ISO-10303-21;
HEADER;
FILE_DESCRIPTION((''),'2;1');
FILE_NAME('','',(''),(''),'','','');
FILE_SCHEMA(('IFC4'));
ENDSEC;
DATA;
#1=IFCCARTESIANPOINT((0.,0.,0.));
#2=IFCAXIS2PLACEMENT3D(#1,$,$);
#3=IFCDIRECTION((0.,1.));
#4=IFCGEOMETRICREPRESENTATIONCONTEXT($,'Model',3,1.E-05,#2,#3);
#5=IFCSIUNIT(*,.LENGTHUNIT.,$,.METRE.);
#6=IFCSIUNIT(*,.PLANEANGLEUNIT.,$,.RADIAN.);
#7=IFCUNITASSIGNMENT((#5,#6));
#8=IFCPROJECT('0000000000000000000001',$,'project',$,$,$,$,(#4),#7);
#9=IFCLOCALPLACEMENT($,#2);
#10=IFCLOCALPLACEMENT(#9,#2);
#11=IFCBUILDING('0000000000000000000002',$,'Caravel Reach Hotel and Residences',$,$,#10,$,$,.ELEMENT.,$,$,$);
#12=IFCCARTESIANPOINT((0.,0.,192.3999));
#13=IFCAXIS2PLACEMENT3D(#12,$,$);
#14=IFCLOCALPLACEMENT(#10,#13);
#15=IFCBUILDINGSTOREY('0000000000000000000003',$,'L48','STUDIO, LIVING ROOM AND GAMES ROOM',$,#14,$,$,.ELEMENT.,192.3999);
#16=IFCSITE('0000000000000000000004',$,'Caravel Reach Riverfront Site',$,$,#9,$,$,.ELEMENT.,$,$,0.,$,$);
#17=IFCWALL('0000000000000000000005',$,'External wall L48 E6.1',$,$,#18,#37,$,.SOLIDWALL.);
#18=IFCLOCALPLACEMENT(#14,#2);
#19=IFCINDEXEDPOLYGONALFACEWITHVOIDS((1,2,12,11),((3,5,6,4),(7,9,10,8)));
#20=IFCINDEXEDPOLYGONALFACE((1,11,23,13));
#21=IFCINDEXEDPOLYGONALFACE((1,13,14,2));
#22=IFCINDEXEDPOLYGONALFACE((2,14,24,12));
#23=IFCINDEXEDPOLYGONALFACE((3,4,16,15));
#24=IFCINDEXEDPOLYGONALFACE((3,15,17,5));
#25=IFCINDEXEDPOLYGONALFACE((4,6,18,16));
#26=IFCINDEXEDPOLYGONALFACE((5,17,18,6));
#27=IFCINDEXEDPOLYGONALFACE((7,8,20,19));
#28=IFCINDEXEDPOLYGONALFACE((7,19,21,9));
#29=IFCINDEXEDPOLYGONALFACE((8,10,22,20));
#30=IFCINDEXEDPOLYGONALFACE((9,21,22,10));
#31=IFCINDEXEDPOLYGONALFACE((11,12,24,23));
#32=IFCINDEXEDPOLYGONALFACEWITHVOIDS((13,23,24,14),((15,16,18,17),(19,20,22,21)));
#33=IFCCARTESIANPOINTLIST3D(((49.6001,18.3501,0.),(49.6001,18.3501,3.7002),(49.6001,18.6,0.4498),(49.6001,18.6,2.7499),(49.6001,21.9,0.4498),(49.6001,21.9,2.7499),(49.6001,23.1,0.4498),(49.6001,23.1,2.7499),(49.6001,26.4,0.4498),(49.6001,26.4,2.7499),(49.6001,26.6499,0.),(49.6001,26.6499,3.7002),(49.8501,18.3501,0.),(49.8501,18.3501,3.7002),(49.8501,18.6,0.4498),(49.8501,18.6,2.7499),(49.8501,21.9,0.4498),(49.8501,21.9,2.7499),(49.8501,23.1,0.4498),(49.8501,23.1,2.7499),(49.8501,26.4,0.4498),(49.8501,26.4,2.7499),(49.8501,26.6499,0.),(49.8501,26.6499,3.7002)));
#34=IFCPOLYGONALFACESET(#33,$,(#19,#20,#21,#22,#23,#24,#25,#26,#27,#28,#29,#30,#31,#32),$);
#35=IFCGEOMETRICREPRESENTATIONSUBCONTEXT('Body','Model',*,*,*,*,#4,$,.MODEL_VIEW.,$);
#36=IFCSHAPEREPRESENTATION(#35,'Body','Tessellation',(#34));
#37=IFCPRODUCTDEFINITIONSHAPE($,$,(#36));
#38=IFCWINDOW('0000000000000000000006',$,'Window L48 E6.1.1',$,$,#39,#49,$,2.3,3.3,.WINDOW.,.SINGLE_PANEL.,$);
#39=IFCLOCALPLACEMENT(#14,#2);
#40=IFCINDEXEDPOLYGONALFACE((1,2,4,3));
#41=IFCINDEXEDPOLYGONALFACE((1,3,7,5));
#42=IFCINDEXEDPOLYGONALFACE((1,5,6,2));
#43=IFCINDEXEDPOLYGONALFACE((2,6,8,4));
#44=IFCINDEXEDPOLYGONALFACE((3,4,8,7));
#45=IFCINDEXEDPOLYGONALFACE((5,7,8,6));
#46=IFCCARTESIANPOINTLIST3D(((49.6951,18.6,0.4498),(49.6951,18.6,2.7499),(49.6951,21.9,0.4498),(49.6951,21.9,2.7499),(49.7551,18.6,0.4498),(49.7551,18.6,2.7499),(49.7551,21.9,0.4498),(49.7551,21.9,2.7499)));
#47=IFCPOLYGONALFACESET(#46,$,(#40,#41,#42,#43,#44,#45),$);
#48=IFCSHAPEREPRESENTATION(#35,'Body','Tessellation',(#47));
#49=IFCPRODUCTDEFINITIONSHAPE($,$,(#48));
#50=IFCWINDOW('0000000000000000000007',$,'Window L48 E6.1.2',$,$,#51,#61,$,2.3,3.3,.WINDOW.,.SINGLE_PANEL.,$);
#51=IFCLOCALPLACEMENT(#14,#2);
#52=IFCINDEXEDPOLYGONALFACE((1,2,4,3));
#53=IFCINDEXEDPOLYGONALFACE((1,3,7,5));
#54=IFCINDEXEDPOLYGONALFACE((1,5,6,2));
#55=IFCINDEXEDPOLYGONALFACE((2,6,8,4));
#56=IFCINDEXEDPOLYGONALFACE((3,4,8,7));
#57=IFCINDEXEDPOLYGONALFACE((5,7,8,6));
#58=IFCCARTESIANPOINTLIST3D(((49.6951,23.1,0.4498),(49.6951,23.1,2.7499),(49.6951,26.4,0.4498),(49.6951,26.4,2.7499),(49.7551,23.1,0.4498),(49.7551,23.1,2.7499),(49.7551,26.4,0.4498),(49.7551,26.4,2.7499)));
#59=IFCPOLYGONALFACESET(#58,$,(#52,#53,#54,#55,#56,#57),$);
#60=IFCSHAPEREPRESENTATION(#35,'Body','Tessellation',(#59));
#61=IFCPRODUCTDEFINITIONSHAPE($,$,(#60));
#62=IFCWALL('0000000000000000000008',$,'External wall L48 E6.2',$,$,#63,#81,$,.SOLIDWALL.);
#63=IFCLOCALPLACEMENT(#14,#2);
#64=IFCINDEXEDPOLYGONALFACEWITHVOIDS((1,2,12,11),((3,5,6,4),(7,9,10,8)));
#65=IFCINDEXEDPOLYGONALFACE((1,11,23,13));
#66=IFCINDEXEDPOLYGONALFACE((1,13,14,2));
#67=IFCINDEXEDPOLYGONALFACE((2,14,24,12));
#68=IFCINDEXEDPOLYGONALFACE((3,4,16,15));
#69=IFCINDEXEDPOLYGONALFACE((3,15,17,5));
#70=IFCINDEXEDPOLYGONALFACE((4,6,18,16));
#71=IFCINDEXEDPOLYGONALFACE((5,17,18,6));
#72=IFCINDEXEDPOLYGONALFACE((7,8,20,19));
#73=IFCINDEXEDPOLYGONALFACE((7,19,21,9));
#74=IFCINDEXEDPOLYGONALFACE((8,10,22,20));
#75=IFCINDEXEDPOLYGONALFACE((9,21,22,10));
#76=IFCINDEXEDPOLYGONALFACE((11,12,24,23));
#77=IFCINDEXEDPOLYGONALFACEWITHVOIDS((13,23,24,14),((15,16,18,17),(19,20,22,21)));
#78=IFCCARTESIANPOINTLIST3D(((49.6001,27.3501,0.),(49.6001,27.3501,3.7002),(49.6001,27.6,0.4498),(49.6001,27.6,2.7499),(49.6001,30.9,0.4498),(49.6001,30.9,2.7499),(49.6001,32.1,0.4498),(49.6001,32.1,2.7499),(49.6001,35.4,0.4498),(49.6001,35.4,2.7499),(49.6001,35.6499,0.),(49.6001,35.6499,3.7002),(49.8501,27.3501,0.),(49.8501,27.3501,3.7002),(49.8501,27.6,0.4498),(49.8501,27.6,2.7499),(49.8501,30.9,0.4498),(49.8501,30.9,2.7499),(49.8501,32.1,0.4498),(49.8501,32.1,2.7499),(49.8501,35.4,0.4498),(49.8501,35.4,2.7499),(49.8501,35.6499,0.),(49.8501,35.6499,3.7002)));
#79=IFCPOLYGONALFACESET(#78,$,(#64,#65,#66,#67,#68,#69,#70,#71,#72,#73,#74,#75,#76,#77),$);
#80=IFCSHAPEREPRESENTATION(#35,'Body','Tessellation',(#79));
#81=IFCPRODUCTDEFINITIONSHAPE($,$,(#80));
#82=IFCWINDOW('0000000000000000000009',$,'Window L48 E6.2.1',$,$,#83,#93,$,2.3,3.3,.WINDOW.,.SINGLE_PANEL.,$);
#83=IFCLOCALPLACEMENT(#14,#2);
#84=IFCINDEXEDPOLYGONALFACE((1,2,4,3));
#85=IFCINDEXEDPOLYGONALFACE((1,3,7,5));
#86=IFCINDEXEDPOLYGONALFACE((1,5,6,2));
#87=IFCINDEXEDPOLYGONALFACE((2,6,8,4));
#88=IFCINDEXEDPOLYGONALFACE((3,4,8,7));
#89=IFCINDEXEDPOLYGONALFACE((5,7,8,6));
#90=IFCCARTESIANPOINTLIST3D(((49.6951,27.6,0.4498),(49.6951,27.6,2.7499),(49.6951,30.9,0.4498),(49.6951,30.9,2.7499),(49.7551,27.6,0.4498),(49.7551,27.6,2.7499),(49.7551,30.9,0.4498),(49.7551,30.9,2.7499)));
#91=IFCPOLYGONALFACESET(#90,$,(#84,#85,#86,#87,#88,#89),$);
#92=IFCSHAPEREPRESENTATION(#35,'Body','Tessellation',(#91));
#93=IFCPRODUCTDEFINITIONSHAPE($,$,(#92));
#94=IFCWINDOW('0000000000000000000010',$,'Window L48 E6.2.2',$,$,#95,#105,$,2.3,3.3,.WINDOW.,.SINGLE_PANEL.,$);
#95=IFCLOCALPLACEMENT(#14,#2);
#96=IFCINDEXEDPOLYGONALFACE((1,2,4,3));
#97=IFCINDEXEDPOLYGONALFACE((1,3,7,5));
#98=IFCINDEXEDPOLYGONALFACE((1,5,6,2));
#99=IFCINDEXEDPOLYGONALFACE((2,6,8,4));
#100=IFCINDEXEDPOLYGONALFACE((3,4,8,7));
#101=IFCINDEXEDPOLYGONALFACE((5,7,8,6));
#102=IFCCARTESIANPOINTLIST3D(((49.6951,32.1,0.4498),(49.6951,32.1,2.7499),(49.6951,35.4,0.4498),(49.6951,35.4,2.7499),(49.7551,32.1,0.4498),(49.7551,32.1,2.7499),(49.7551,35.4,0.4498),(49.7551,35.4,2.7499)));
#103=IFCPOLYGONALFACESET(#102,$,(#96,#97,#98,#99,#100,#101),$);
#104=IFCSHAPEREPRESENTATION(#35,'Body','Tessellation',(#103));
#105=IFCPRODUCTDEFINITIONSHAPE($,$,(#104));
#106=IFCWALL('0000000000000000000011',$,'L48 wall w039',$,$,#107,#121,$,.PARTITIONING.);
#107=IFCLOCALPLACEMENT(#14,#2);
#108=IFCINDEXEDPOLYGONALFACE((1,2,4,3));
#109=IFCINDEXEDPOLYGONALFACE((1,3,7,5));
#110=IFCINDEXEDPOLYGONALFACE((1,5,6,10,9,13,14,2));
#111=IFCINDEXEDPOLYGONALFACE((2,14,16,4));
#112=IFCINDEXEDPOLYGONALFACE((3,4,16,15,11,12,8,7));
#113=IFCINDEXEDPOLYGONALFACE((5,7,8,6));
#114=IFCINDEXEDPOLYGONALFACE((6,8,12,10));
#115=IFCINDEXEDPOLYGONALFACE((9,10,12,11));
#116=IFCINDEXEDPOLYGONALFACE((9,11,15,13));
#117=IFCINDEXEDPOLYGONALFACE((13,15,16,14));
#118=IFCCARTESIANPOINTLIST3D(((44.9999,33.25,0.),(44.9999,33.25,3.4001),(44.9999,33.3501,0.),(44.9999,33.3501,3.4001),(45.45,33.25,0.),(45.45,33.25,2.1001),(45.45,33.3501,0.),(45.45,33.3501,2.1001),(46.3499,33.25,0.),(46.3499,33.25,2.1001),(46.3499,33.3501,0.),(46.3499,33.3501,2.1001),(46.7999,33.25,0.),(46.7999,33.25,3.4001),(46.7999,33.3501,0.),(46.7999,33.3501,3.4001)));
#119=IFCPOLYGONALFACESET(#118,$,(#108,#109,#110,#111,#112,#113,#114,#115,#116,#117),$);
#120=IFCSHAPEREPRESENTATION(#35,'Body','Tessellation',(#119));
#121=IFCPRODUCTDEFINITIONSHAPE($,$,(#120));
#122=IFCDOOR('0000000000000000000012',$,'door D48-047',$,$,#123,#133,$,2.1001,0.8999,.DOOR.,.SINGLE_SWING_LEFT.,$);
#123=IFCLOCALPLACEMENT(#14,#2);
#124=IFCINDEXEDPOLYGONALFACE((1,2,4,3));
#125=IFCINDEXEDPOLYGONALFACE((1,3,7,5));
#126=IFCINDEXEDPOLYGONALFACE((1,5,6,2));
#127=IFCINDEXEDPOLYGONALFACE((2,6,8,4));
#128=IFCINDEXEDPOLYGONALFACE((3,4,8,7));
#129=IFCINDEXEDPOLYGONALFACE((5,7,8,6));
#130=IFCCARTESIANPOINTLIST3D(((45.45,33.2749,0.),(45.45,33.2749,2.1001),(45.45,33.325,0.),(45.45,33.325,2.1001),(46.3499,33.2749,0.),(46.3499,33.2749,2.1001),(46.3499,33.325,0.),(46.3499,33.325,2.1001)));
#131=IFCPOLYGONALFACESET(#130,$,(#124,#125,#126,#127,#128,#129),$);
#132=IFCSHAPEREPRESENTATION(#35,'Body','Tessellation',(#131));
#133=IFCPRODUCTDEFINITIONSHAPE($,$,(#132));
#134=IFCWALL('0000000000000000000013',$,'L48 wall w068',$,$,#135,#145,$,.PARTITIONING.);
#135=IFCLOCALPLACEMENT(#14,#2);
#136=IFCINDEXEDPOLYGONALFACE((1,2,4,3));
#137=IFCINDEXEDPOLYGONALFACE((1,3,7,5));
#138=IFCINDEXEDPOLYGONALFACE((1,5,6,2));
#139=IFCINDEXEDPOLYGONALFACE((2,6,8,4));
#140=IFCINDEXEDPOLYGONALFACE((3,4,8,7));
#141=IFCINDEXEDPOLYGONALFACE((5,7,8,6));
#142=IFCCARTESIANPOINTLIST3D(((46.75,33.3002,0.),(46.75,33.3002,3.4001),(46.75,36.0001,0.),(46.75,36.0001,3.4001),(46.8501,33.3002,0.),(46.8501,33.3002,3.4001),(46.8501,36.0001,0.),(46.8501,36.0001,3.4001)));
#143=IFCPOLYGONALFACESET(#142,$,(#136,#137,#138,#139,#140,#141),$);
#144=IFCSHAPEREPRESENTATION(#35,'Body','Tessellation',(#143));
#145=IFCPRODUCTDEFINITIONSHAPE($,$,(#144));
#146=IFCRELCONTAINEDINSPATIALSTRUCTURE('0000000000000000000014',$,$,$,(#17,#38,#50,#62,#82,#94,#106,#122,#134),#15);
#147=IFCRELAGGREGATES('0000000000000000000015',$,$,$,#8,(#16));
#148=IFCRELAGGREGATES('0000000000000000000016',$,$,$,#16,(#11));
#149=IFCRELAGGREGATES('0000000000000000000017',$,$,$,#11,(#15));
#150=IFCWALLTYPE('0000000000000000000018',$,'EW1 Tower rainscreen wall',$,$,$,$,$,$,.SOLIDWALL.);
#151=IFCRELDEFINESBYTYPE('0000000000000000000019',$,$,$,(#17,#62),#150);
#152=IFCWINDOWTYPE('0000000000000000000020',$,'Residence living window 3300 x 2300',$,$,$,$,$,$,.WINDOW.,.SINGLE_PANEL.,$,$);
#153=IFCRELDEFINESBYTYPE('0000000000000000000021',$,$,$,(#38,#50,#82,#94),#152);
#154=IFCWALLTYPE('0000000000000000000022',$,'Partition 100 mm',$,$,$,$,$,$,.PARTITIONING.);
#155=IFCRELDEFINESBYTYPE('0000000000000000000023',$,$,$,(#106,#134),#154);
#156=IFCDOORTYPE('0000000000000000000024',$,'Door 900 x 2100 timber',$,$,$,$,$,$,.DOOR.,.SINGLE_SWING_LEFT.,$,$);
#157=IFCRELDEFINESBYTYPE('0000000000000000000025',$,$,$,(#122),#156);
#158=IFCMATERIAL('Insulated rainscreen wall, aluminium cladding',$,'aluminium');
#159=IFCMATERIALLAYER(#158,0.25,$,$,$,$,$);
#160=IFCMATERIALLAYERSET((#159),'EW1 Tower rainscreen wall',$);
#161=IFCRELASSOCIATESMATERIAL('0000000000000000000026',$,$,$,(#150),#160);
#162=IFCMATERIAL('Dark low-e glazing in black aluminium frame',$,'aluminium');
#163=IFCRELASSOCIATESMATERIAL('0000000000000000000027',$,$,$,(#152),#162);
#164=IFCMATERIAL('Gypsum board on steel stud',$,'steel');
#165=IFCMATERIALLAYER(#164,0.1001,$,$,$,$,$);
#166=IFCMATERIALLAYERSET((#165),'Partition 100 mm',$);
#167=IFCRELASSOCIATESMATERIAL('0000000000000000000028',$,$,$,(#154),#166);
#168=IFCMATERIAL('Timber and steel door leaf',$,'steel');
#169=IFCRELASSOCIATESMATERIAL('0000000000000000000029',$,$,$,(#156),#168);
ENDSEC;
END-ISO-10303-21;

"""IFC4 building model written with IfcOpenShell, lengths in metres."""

from ifc_helpers import new_model, si_unit, direction, frame, frame_2d, origin, place, context, subcontext, project, spatial, rectangle, extrude, material, layer, layer_set, type_object, element, fill, save


model = new_model("IFC4")

# Units and contexts
model_context = context("Model", 3, precision=1e-05, world=origin(), true_north=direction((0.0, 1.0)))
body_context = subcontext(model_context, "Body", "Model", "MODEL_VIEW")
ifc_project = project(units=[si_unit("LENGTHUNIT", "METRE"), si_unit("PLANEANGLEUNIT", "RADIAN")], contexts=[model_context])

# Site, building, storey
site_placement = place(None, origin())
site = spatial("IfcSite", under=ifc_project, at=site_placement, Name="Caravel Reach Riverfront Site", CompositionType="ELEMENT", RefElevation=0.0)
building_placement = place(site_placement, origin())
building = spatial("IfcBuilding", under=site, at=building_placement, Name="Caravel Reach Hotel and Residences", CompositionType="ELEMENT")
storey_placement = place(building_placement, frame((0.0, 0.0, 192.3999)))
storey = spatial("IfcBuildingStorey", under=building, at=storey_placement, Name="L48", Description="STUDIO, LIVING ROOM AND GAMES ROOM", CompositionType="ELEMENT", Elevation=192.3999)

# Walls, openings, windows
ifc_material_1 = material(Name="Insulated rainscreen wall, aluminium cladding", Category="aluminium")
ifc_layer_1 = layer(ifc_material_1, 0.25)
ifc_layer_set_1 = layer_set([ifc_layer_1], Name="EW1 Tower rainscreen wall")
wall_type_1 = type_object("IfcWallType", Name="EW1 Tower rainscreen wall", PredefinedType="SOLIDWALL", material=ifc_layer_set_1)
wall_1_placement = place(storey_placement, frame((49.7251, 18.3501, 0.0), z_axis=(0.0, 0.0, 1.0), x_axis=(0.0, 1.0, 0.0)))
wall_1 = element("IfcWall", 1, at=wall_1_placement, inside=storey, type_object=wall_type_1, Name="External wall L48 E6.1", PredefinedType="SOLIDWALL", context=body_context, shape_type="SweptSolid", body=[
    extrude(rectangle(XDim=8.2998, YDim=0.25, at=frame_2d((4.1499, 0.0))), origin(), (0.0, 0.0, 1.0), 3.7002),
])
opening_1_placement = place(wall_1_placement, frame((0.25, 0.0, 0.45)))
opening_1 = element("IfcOpeningElement", 2, at=opening_1_placement, cuts=wall_1, PredefinedType="OPENING", context=body_context, shape_type="SweptSolid", body=[
    extrude(rectangle(XDim=3.3, YDim=2.3, at=frame_2d((1.6499, 1.1499))), frame((0.0, 0.135, 0.0), z_axis=(0.0, -1.0, 0.0), x_axis=(1.0, 0.0, 0.0)), (0.0, 0.0, 1.0), 0.27),
])
opening_2_placement = place(wall_1_placement, frame((4.75, 0.0, 0.45)))
opening_2 = element("IfcOpeningElement", 3, at=opening_2_placement, cuts=wall_1, PredefinedType="OPENING", context=body_context, shape_type="SweptSolid", body=[
    extrude(rectangle(XDim=3.3, YDim=2.3, at=frame_2d((1.6499, 1.1499))), frame((0.0, 0.135, 0.0), z_axis=(0.0, -1.0, 0.0), x_axis=(1.0, 0.0, 0.0)), (0.0, 0.0, 1.0), 0.27),
])
ifc_material_2 = material(Name="Dark low-e glazing in black aluminium frame", Category="aluminium")
window_type = type_object("IfcWindowType", Name="Residence living window 3300 x 2300", PartitioningType="SINGLE_PANEL", PredefinedType="WINDOW", material=ifc_material_2)
window_1_placement = place(opening_1_placement, origin())
window_1 = element("IfcWindow", 4, at=window_1_placement, inside=storey, type_object=window_type, Name="Window L48 E6.1.1", OverallHeight=2.3, OverallWidth=3.3, PartitioningType="SINGLE_PANEL", PredefinedType="WINDOW", context=body_context, shape_type="SweptSolid", body=[
    extrude(rectangle(XDim=3.3, YDim=2.3, at=frame_2d((1.6499, 1.1499))), frame((0.0, 0.03, 0.0), z_axis=(0.0, -1.0, 0.0), x_axis=(1.0, 0.0, 0.0)), (0.0, 0.0, 1.0), 0.0601),
])
fill(opening_1, window_1)
window_2_placement = place(opening_2_placement, origin())
window_2 = element("IfcWindow", 5, at=window_2_placement, inside=storey, type_object=window_type, Name="Window L48 E6.1.2", OverallHeight=2.3, OverallWidth=3.3, PartitioningType="SINGLE_PANEL", PredefinedType="WINDOW", context=body_context, shape_type="SweptSolid", body=[
    extrude(rectangle(XDim=3.3, YDim=2.3, at=frame_2d((1.6499, 1.1499))), frame((0.0, 0.03, 0.0), z_axis=(0.0, -1.0, 0.0), x_axis=(1.0, 0.0, 0.0)), (0.0, 0.0, 1.0), 0.0601),
])
fill(opening_2, window_2)
wall_2_placement = place(storey_placement, frame((49.7251, 27.3501, 0.0), z_axis=(0.0, 0.0, 1.0), x_axis=(0.0, 1.0, 0.0)))
wall_2 = element("IfcWall", 6, at=wall_2_placement, inside=storey, type_object=wall_type_1, Name="External wall L48 E6.2", PredefinedType="SOLIDWALL", context=body_context, shape_type="SweptSolid", body=[
    extrude(rectangle(XDim=8.2998, YDim=0.25, at=frame_2d((4.1499, 0.0))), origin(), (0.0, 0.0, 1.0), 3.7002),
])
opening_3_placement = place(wall_2_placement, frame((0.25, 0.0, 0.45)))
opening_3 = element("IfcOpeningElement", 7, at=opening_3_placement, cuts=wall_2, PredefinedType="OPENING", context=body_context, shape_type="SweptSolid", body=[
    extrude(rectangle(XDim=3.3, YDim=2.3, at=frame_2d((1.6499, 1.1499))), frame((0.0, 0.135, 0.0), z_axis=(0.0, -1.0, 0.0), x_axis=(1.0, 0.0, 0.0)), (0.0, 0.0, 1.0), 0.27),
])
opening_4_placement = place(wall_2_placement, frame((4.75, 0.0, 0.45)))
opening_4 = element("IfcOpeningElement", 8, at=opening_4_placement, cuts=wall_2, PredefinedType="OPENING", context=body_context, shape_type="SweptSolid", body=[
    extrude(rectangle(XDim=3.3, YDim=2.3, at=frame_2d((1.6499, 1.1499))), frame((0.0, 0.135, 0.0), z_axis=(0.0, -1.0, 0.0), x_axis=(1.0, 0.0, 0.0)), (0.0, 0.0, 1.0), 0.27),
])
window_3_placement = place(opening_3_placement, origin())
window_3 = element("IfcWindow", 9, at=window_3_placement, inside=storey, type_object=window_type, Name="Window L48 E6.2.1", OverallHeight=2.3, OverallWidth=3.3, PartitioningType="SINGLE_PANEL", PredefinedType="WINDOW", context=body_context, shape_type="SweptSolid", body=[
    extrude(rectangle(XDim=3.3, YDim=2.3, at=frame_2d((1.6499, 1.1499))), frame((0.0, 0.03, 0.0), z_axis=(0.0, -1.0, 0.0), x_axis=(1.0, 0.0, 0.0)), (0.0, 0.0, 1.0), 0.0601),
])
fill(opening_3, window_3)
window_4_placement = place(opening_4_placement, origin())
window_4 = element("IfcWindow", 10, at=window_4_placement, inside=storey, type_object=window_type, Name="Window L48 E6.2.2", OverallHeight=2.3, OverallWidth=3.3, PartitioningType="SINGLE_PANEL", PredefinedType="WINDOW", context=body_context, shape_type="SweptSolid", body=[
    extrude(rectangle(XDim=3.3, YDim=2.3, at=frame_2d((1.6499, 1.1499))), frame((0.0, 0.03, 0.0), z_axis=(0.0, -1.0, 0.0), x_axis=(1.0, 0.0, 0.0)), (0.0, 0.0, 1.0), 0.0601),
])
fill(opening_4, window_4)

# Wall, opening, door
ifc_material_3 = material(Name="Gypsum board on steel stud", Category="steel")
ifc_layer_2 = layer(ifc_material_3, 0.1001)
ifc_layer_set_2 = layer_set([ifc_layer_2], Name="Partition 100 mm")
wall_type_2 = type_object("IfcWallType", Name="Partition 100 mm", PredefinedType="PARTITIONING", material=ifc_layer_set_2)
wall_3_placement = place(storey_placement, frame((45.0, 33.3, 0.0), z_axis=(0.0, 0.0, 1.0), x_axis=(1.0, 0.0, 0.0)))
wall_3 = element("IfcWall", 11, at=wall_3_placement, inside=storey, type_object=wall_type_2, Name="L48 wall w039", PredefinedType="PARTITIONING", context=body_context, shape_type="SweptSolid", body=[
    extrude(rectangle(XDim=1.8, YDim=0.1001, at=frame_2d((0.8999, 0.0))), origin(), (0.0, 0.0, 1.0), 3.4001),
])
opening_5_placement = place(wall_3_placement, frame((0.45, 0.0, 0.0)))
opening_5 = element("IfcOpeningElement", 12, at=opening_5_placement, cuts=wall_3, PredefinedType="OPENING", context=body_context, shape_type="SweptSolid", body=[
    extrude(rectangle(XDim=0.8999, YDim=2.1001, at=frame_2d((0.45, 1.05))), frame((0.0, 0.0601, 0.0), z_axis=(0.0, -1.0, 0.0), x_axis=(1.0, 0.0, 0.0)), (0.0, 0.0, 1.0), 0.1201),
])
ifc_material_4 = material(Name="Timber and steel door leaf", Category="steel")
door_type_1 = type_object("IfcDoorType", Name="Door 900 x 2100 timber", OperationType="SINGLE_SWING_LEFT", PredefinedType="DOOR", material=ifc_material_4)
door_1_placement = place(opening_5_placement, origin())
door_1 = element("IfcDoor", 13, at=door_1_placement, inside=storey, type_object=door_type_1, Name="door D48-047", OperationType="SINGLE_SWING_LEFT", OverallHeight=2.1001, OverallWidth=0.8999, PredefinedType="DOOR", context=body_context, shape_type="SweptSolid", body=[
    extrude(rectangle(XDim=0.8999, YDim=2.1001, at=frame_2d((0.45, 1.05))), frame((0.0, 0.0249, 0.0), z_axis=(0.0, -1.0, 0.0), x_axis=(1.0, 0.0, 0.0)), (0.0, 0.0, 1.0), 0.05),
])
fill(opening_5, door_1)

# Wall
wall_4_placement = place(storey_placement, frame((46.8, 33.3, 0.0), z_axis=(0.0, 0.0, 1.0), x_axis=(0.0, 1.0, 0.0)))
element("IfcWall", 14, at=wall_4_placement, inside=storey, type_object=wall_type_2, Name="L48 wall w068", PredefinedType="PARTITIONING", context=body_context, shape_type="SweptSolid", body=[
    extrude(rectangle(XDim=2.7, YDim=0.1001, at=frame_2d((1.3501, 0.0))), origin(), (0.0, 0.0, 1.0), 3.4001),
])

save(model, "model.ifc")
